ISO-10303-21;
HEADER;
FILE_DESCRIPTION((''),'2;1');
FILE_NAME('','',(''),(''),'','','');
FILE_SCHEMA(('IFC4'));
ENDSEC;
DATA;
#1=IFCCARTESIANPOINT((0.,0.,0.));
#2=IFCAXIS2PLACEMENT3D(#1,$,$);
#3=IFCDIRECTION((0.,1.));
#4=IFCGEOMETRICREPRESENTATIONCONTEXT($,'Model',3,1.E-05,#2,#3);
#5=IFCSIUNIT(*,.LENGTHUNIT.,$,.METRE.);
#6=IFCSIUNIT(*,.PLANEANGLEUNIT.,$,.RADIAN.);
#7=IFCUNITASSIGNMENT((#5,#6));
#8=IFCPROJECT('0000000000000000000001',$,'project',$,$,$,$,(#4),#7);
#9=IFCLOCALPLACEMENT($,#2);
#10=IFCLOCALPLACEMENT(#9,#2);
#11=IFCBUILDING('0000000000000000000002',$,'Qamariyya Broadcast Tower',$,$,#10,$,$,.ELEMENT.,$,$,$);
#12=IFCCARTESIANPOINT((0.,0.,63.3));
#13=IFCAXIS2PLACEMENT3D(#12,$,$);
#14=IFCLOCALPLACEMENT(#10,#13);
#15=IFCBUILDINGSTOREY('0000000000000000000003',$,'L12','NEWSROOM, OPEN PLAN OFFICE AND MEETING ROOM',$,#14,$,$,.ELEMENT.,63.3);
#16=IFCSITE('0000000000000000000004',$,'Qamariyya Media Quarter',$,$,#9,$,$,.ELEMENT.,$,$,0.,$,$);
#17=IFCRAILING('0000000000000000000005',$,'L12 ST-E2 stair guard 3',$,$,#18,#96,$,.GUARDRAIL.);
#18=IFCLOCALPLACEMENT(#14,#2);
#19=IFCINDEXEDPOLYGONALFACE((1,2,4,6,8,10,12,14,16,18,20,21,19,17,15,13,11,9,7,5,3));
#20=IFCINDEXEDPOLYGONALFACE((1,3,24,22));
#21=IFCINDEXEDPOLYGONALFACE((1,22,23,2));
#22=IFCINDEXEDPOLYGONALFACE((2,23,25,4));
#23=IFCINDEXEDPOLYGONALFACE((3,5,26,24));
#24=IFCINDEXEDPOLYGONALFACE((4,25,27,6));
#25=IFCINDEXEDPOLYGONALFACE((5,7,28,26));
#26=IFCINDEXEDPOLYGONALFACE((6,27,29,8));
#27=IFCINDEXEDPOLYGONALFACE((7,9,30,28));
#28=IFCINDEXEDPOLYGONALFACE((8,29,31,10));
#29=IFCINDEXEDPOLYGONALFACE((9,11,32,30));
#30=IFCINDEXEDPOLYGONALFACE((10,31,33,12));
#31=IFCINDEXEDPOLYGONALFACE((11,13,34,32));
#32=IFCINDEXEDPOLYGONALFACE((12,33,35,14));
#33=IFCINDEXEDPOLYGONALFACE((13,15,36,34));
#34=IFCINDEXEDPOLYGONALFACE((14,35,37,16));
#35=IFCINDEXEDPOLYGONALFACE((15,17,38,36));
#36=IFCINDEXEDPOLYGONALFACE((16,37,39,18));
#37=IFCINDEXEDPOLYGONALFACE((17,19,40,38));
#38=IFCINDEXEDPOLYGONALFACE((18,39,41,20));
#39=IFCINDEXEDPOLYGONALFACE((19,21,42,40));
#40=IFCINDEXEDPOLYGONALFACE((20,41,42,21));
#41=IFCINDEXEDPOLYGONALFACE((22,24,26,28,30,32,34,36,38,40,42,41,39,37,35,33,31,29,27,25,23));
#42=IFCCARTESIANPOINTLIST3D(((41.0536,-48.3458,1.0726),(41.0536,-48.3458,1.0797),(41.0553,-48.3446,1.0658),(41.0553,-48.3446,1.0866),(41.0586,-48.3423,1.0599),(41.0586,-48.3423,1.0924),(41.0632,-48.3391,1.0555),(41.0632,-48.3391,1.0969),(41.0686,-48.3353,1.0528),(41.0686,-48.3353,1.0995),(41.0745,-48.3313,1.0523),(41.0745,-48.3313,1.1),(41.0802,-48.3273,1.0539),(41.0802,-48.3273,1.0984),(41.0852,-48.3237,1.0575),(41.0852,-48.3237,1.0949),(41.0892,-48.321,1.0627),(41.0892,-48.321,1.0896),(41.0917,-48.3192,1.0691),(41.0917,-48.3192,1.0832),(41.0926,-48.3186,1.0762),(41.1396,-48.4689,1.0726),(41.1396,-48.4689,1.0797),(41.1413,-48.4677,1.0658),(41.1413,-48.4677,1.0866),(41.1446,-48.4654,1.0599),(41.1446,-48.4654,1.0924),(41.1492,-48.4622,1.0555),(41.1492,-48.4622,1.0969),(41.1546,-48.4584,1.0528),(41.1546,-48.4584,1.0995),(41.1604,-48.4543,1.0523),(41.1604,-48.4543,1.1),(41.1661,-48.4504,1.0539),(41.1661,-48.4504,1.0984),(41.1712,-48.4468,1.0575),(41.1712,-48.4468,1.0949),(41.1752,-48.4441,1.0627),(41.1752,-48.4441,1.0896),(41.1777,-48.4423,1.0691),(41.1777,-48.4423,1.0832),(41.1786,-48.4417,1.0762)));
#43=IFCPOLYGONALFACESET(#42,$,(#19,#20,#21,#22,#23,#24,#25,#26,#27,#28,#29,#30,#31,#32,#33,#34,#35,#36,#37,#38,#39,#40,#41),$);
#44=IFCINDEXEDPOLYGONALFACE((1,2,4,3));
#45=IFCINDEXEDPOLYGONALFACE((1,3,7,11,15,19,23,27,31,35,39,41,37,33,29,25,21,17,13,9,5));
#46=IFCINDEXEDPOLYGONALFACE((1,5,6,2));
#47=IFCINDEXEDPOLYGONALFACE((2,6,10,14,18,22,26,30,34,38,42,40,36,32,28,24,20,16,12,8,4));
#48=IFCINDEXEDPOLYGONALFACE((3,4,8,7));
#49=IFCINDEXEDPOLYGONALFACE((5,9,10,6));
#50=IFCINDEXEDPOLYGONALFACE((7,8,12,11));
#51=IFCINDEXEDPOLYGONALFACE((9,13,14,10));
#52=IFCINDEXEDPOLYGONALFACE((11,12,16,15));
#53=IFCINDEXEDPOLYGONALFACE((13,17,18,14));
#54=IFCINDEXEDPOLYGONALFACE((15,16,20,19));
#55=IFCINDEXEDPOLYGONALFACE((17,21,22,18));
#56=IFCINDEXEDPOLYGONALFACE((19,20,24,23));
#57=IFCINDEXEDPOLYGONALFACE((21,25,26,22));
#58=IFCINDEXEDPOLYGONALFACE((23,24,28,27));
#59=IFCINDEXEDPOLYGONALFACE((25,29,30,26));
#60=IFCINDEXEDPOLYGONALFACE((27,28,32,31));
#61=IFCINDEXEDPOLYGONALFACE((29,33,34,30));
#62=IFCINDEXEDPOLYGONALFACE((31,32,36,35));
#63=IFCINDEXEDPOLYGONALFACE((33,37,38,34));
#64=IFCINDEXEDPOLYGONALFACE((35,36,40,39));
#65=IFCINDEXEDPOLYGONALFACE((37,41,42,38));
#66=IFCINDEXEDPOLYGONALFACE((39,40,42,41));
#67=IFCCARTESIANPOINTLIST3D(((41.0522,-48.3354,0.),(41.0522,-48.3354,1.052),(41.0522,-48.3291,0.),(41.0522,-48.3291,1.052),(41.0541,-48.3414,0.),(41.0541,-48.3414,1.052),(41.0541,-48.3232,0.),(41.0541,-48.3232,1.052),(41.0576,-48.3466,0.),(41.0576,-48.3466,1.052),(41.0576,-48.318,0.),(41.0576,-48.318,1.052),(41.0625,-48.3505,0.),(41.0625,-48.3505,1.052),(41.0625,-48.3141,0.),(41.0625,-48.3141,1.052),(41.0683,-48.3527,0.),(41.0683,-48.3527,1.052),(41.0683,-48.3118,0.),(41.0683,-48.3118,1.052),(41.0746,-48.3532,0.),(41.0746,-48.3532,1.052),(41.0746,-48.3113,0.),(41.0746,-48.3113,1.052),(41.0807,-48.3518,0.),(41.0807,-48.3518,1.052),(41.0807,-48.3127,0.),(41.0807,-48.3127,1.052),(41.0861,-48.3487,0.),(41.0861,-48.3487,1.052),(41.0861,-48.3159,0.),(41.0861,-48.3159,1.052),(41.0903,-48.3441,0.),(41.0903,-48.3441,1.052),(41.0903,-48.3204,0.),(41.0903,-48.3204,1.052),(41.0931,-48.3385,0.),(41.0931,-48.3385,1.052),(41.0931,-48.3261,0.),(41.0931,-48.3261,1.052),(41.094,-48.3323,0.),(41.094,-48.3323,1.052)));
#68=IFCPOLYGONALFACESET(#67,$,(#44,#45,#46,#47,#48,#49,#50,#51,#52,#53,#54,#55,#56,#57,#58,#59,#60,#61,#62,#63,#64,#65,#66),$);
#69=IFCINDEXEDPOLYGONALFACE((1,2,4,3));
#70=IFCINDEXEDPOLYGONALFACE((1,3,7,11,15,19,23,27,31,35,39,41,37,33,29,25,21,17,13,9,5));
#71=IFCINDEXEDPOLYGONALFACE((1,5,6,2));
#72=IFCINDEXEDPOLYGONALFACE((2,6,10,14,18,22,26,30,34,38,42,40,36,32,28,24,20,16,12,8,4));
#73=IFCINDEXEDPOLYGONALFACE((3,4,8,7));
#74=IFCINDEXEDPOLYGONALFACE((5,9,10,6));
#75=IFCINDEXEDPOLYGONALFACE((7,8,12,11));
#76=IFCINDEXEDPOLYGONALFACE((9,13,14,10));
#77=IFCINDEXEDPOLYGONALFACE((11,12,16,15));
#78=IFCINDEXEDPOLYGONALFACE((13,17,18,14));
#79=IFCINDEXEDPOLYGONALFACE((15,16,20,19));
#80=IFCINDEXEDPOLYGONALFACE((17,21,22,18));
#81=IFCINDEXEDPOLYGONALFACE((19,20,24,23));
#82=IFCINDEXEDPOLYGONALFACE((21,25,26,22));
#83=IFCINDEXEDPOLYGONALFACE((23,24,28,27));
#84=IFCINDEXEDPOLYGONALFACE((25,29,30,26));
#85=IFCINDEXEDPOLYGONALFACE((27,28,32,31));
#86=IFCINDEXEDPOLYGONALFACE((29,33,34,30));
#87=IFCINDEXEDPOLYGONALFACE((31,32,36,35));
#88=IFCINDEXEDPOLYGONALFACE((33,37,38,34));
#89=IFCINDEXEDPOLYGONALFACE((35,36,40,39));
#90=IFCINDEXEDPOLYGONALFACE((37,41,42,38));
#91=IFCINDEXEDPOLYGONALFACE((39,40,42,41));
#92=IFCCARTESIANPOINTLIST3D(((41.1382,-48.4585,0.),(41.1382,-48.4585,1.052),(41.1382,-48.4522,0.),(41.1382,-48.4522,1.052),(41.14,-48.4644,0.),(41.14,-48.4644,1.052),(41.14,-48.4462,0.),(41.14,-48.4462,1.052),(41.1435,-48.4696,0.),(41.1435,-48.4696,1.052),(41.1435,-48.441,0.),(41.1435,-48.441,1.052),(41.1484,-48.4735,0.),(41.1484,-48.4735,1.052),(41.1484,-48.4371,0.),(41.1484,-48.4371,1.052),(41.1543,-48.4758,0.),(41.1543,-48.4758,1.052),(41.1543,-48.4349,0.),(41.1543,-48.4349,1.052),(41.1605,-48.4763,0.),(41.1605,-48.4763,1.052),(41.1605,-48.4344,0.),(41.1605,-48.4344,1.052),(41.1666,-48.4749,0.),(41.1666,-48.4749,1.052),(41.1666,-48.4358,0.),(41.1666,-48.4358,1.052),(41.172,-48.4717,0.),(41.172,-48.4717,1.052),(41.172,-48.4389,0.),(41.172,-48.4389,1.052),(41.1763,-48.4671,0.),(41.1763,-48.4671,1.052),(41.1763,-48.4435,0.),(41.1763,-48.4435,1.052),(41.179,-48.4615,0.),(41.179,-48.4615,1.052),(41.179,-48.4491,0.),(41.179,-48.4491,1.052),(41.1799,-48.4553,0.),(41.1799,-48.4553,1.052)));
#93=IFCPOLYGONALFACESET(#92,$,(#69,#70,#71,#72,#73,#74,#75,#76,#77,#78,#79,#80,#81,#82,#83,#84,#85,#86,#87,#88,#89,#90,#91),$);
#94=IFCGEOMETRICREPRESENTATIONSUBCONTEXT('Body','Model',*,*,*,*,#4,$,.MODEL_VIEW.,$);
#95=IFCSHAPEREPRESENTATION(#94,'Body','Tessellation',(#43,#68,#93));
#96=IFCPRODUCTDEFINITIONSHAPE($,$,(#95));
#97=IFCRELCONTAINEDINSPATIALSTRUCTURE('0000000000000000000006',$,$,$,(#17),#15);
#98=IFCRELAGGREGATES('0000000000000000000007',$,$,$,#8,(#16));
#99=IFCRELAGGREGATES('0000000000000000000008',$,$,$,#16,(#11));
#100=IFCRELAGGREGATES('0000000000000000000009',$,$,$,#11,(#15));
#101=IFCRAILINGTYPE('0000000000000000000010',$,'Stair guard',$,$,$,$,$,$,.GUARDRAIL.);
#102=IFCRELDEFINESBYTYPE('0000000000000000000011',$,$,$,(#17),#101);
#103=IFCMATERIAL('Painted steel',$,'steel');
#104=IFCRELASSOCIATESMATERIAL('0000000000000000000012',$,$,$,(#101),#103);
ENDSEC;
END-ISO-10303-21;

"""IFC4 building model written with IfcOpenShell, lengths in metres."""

from ifc_helpers import new_model, si_unit, direction, frame, origin, origin_2d, place, context, subcontext, project, spatial, circle, extrude, material, type_object, element, save


model = new_model("IFC4")

# Units and contexts
model_context = context("Model", 3, precision=1e-05, world=origin(), true_north=direction((0.0, 1.0)))
body_context = subcontext(model_context, "Body", "Model", "MODEL_VIEW")
ifc_project = project(units=[si_unit("LENGTHUNIT", "METRE"), si_unit("PLANEANGLEUNIT", "RADIAN")], contexts=[model_context])

# Site, building, storey
site_placement = place(None, origin())
site = spatial("IfcSite", under=ifc_project, at=site_placement, Name="Qamariyya Media Quarter", CompositionType="ELEMENT", RefElevation=0.0)
building_placement = place(site_placement, origin())
building = spatial("IfcBuilding", under=site, at=building_placement, Name="Qamariyya Broadcast Tower", CompositionType="ELEMENT")
storey_placement = place(building_placement, frame((0.0, 0.0, 63.3)))
storey = spatial("IfcBuildingStorey", under=building, at=storey_placement, Name="L12", Description="NEWSROOM, OPEN PLAN OFFICE AND MEETING ROOM", CompositionType="ELEMENT", Elevation=63.3)

# Railing
ifc_material_1 = material(Name="Painted steel", Category="steel")
railing_type_1 = type_object("IfcRailingType", Name="Stair guard", PredefinedType="GUARDRAIL", material=ifc_material_1)
railing_1_placement = place(storey_placement, frame((41.073, -48.3323, 0.0)))
element("IfcRailing", 1, at=railing_1_placement, inside=storey, type_object=railing_type_1, Name="L12 ST-E2 stair guard 3", PredefinedType="GUARDRAIL", context=body_context, shape_type="SweptSolid", body=[
    extrude(circle(Radius=0.0239, at=origin_2d()), frame((0.0, 0.0, 1.0762), z_axis=(0.572589, -0.819843, 0.0), x_axis=(0.819843, 0.572589, 0.0)), (0.0, 0.0, 1.0), 0.1501),
    extrude(circle(Radius=0.021, at=origin_2d()), origin(), (0.0, 0.0, 1.0), 1.052),
    extrude(circle(Radius=0.021, at=origin_2d()), frame((0.0859, -0.123, 0.0)), (0.0, 0.0, 1.0), 1.052),
])

save(model, "model.ifc")
